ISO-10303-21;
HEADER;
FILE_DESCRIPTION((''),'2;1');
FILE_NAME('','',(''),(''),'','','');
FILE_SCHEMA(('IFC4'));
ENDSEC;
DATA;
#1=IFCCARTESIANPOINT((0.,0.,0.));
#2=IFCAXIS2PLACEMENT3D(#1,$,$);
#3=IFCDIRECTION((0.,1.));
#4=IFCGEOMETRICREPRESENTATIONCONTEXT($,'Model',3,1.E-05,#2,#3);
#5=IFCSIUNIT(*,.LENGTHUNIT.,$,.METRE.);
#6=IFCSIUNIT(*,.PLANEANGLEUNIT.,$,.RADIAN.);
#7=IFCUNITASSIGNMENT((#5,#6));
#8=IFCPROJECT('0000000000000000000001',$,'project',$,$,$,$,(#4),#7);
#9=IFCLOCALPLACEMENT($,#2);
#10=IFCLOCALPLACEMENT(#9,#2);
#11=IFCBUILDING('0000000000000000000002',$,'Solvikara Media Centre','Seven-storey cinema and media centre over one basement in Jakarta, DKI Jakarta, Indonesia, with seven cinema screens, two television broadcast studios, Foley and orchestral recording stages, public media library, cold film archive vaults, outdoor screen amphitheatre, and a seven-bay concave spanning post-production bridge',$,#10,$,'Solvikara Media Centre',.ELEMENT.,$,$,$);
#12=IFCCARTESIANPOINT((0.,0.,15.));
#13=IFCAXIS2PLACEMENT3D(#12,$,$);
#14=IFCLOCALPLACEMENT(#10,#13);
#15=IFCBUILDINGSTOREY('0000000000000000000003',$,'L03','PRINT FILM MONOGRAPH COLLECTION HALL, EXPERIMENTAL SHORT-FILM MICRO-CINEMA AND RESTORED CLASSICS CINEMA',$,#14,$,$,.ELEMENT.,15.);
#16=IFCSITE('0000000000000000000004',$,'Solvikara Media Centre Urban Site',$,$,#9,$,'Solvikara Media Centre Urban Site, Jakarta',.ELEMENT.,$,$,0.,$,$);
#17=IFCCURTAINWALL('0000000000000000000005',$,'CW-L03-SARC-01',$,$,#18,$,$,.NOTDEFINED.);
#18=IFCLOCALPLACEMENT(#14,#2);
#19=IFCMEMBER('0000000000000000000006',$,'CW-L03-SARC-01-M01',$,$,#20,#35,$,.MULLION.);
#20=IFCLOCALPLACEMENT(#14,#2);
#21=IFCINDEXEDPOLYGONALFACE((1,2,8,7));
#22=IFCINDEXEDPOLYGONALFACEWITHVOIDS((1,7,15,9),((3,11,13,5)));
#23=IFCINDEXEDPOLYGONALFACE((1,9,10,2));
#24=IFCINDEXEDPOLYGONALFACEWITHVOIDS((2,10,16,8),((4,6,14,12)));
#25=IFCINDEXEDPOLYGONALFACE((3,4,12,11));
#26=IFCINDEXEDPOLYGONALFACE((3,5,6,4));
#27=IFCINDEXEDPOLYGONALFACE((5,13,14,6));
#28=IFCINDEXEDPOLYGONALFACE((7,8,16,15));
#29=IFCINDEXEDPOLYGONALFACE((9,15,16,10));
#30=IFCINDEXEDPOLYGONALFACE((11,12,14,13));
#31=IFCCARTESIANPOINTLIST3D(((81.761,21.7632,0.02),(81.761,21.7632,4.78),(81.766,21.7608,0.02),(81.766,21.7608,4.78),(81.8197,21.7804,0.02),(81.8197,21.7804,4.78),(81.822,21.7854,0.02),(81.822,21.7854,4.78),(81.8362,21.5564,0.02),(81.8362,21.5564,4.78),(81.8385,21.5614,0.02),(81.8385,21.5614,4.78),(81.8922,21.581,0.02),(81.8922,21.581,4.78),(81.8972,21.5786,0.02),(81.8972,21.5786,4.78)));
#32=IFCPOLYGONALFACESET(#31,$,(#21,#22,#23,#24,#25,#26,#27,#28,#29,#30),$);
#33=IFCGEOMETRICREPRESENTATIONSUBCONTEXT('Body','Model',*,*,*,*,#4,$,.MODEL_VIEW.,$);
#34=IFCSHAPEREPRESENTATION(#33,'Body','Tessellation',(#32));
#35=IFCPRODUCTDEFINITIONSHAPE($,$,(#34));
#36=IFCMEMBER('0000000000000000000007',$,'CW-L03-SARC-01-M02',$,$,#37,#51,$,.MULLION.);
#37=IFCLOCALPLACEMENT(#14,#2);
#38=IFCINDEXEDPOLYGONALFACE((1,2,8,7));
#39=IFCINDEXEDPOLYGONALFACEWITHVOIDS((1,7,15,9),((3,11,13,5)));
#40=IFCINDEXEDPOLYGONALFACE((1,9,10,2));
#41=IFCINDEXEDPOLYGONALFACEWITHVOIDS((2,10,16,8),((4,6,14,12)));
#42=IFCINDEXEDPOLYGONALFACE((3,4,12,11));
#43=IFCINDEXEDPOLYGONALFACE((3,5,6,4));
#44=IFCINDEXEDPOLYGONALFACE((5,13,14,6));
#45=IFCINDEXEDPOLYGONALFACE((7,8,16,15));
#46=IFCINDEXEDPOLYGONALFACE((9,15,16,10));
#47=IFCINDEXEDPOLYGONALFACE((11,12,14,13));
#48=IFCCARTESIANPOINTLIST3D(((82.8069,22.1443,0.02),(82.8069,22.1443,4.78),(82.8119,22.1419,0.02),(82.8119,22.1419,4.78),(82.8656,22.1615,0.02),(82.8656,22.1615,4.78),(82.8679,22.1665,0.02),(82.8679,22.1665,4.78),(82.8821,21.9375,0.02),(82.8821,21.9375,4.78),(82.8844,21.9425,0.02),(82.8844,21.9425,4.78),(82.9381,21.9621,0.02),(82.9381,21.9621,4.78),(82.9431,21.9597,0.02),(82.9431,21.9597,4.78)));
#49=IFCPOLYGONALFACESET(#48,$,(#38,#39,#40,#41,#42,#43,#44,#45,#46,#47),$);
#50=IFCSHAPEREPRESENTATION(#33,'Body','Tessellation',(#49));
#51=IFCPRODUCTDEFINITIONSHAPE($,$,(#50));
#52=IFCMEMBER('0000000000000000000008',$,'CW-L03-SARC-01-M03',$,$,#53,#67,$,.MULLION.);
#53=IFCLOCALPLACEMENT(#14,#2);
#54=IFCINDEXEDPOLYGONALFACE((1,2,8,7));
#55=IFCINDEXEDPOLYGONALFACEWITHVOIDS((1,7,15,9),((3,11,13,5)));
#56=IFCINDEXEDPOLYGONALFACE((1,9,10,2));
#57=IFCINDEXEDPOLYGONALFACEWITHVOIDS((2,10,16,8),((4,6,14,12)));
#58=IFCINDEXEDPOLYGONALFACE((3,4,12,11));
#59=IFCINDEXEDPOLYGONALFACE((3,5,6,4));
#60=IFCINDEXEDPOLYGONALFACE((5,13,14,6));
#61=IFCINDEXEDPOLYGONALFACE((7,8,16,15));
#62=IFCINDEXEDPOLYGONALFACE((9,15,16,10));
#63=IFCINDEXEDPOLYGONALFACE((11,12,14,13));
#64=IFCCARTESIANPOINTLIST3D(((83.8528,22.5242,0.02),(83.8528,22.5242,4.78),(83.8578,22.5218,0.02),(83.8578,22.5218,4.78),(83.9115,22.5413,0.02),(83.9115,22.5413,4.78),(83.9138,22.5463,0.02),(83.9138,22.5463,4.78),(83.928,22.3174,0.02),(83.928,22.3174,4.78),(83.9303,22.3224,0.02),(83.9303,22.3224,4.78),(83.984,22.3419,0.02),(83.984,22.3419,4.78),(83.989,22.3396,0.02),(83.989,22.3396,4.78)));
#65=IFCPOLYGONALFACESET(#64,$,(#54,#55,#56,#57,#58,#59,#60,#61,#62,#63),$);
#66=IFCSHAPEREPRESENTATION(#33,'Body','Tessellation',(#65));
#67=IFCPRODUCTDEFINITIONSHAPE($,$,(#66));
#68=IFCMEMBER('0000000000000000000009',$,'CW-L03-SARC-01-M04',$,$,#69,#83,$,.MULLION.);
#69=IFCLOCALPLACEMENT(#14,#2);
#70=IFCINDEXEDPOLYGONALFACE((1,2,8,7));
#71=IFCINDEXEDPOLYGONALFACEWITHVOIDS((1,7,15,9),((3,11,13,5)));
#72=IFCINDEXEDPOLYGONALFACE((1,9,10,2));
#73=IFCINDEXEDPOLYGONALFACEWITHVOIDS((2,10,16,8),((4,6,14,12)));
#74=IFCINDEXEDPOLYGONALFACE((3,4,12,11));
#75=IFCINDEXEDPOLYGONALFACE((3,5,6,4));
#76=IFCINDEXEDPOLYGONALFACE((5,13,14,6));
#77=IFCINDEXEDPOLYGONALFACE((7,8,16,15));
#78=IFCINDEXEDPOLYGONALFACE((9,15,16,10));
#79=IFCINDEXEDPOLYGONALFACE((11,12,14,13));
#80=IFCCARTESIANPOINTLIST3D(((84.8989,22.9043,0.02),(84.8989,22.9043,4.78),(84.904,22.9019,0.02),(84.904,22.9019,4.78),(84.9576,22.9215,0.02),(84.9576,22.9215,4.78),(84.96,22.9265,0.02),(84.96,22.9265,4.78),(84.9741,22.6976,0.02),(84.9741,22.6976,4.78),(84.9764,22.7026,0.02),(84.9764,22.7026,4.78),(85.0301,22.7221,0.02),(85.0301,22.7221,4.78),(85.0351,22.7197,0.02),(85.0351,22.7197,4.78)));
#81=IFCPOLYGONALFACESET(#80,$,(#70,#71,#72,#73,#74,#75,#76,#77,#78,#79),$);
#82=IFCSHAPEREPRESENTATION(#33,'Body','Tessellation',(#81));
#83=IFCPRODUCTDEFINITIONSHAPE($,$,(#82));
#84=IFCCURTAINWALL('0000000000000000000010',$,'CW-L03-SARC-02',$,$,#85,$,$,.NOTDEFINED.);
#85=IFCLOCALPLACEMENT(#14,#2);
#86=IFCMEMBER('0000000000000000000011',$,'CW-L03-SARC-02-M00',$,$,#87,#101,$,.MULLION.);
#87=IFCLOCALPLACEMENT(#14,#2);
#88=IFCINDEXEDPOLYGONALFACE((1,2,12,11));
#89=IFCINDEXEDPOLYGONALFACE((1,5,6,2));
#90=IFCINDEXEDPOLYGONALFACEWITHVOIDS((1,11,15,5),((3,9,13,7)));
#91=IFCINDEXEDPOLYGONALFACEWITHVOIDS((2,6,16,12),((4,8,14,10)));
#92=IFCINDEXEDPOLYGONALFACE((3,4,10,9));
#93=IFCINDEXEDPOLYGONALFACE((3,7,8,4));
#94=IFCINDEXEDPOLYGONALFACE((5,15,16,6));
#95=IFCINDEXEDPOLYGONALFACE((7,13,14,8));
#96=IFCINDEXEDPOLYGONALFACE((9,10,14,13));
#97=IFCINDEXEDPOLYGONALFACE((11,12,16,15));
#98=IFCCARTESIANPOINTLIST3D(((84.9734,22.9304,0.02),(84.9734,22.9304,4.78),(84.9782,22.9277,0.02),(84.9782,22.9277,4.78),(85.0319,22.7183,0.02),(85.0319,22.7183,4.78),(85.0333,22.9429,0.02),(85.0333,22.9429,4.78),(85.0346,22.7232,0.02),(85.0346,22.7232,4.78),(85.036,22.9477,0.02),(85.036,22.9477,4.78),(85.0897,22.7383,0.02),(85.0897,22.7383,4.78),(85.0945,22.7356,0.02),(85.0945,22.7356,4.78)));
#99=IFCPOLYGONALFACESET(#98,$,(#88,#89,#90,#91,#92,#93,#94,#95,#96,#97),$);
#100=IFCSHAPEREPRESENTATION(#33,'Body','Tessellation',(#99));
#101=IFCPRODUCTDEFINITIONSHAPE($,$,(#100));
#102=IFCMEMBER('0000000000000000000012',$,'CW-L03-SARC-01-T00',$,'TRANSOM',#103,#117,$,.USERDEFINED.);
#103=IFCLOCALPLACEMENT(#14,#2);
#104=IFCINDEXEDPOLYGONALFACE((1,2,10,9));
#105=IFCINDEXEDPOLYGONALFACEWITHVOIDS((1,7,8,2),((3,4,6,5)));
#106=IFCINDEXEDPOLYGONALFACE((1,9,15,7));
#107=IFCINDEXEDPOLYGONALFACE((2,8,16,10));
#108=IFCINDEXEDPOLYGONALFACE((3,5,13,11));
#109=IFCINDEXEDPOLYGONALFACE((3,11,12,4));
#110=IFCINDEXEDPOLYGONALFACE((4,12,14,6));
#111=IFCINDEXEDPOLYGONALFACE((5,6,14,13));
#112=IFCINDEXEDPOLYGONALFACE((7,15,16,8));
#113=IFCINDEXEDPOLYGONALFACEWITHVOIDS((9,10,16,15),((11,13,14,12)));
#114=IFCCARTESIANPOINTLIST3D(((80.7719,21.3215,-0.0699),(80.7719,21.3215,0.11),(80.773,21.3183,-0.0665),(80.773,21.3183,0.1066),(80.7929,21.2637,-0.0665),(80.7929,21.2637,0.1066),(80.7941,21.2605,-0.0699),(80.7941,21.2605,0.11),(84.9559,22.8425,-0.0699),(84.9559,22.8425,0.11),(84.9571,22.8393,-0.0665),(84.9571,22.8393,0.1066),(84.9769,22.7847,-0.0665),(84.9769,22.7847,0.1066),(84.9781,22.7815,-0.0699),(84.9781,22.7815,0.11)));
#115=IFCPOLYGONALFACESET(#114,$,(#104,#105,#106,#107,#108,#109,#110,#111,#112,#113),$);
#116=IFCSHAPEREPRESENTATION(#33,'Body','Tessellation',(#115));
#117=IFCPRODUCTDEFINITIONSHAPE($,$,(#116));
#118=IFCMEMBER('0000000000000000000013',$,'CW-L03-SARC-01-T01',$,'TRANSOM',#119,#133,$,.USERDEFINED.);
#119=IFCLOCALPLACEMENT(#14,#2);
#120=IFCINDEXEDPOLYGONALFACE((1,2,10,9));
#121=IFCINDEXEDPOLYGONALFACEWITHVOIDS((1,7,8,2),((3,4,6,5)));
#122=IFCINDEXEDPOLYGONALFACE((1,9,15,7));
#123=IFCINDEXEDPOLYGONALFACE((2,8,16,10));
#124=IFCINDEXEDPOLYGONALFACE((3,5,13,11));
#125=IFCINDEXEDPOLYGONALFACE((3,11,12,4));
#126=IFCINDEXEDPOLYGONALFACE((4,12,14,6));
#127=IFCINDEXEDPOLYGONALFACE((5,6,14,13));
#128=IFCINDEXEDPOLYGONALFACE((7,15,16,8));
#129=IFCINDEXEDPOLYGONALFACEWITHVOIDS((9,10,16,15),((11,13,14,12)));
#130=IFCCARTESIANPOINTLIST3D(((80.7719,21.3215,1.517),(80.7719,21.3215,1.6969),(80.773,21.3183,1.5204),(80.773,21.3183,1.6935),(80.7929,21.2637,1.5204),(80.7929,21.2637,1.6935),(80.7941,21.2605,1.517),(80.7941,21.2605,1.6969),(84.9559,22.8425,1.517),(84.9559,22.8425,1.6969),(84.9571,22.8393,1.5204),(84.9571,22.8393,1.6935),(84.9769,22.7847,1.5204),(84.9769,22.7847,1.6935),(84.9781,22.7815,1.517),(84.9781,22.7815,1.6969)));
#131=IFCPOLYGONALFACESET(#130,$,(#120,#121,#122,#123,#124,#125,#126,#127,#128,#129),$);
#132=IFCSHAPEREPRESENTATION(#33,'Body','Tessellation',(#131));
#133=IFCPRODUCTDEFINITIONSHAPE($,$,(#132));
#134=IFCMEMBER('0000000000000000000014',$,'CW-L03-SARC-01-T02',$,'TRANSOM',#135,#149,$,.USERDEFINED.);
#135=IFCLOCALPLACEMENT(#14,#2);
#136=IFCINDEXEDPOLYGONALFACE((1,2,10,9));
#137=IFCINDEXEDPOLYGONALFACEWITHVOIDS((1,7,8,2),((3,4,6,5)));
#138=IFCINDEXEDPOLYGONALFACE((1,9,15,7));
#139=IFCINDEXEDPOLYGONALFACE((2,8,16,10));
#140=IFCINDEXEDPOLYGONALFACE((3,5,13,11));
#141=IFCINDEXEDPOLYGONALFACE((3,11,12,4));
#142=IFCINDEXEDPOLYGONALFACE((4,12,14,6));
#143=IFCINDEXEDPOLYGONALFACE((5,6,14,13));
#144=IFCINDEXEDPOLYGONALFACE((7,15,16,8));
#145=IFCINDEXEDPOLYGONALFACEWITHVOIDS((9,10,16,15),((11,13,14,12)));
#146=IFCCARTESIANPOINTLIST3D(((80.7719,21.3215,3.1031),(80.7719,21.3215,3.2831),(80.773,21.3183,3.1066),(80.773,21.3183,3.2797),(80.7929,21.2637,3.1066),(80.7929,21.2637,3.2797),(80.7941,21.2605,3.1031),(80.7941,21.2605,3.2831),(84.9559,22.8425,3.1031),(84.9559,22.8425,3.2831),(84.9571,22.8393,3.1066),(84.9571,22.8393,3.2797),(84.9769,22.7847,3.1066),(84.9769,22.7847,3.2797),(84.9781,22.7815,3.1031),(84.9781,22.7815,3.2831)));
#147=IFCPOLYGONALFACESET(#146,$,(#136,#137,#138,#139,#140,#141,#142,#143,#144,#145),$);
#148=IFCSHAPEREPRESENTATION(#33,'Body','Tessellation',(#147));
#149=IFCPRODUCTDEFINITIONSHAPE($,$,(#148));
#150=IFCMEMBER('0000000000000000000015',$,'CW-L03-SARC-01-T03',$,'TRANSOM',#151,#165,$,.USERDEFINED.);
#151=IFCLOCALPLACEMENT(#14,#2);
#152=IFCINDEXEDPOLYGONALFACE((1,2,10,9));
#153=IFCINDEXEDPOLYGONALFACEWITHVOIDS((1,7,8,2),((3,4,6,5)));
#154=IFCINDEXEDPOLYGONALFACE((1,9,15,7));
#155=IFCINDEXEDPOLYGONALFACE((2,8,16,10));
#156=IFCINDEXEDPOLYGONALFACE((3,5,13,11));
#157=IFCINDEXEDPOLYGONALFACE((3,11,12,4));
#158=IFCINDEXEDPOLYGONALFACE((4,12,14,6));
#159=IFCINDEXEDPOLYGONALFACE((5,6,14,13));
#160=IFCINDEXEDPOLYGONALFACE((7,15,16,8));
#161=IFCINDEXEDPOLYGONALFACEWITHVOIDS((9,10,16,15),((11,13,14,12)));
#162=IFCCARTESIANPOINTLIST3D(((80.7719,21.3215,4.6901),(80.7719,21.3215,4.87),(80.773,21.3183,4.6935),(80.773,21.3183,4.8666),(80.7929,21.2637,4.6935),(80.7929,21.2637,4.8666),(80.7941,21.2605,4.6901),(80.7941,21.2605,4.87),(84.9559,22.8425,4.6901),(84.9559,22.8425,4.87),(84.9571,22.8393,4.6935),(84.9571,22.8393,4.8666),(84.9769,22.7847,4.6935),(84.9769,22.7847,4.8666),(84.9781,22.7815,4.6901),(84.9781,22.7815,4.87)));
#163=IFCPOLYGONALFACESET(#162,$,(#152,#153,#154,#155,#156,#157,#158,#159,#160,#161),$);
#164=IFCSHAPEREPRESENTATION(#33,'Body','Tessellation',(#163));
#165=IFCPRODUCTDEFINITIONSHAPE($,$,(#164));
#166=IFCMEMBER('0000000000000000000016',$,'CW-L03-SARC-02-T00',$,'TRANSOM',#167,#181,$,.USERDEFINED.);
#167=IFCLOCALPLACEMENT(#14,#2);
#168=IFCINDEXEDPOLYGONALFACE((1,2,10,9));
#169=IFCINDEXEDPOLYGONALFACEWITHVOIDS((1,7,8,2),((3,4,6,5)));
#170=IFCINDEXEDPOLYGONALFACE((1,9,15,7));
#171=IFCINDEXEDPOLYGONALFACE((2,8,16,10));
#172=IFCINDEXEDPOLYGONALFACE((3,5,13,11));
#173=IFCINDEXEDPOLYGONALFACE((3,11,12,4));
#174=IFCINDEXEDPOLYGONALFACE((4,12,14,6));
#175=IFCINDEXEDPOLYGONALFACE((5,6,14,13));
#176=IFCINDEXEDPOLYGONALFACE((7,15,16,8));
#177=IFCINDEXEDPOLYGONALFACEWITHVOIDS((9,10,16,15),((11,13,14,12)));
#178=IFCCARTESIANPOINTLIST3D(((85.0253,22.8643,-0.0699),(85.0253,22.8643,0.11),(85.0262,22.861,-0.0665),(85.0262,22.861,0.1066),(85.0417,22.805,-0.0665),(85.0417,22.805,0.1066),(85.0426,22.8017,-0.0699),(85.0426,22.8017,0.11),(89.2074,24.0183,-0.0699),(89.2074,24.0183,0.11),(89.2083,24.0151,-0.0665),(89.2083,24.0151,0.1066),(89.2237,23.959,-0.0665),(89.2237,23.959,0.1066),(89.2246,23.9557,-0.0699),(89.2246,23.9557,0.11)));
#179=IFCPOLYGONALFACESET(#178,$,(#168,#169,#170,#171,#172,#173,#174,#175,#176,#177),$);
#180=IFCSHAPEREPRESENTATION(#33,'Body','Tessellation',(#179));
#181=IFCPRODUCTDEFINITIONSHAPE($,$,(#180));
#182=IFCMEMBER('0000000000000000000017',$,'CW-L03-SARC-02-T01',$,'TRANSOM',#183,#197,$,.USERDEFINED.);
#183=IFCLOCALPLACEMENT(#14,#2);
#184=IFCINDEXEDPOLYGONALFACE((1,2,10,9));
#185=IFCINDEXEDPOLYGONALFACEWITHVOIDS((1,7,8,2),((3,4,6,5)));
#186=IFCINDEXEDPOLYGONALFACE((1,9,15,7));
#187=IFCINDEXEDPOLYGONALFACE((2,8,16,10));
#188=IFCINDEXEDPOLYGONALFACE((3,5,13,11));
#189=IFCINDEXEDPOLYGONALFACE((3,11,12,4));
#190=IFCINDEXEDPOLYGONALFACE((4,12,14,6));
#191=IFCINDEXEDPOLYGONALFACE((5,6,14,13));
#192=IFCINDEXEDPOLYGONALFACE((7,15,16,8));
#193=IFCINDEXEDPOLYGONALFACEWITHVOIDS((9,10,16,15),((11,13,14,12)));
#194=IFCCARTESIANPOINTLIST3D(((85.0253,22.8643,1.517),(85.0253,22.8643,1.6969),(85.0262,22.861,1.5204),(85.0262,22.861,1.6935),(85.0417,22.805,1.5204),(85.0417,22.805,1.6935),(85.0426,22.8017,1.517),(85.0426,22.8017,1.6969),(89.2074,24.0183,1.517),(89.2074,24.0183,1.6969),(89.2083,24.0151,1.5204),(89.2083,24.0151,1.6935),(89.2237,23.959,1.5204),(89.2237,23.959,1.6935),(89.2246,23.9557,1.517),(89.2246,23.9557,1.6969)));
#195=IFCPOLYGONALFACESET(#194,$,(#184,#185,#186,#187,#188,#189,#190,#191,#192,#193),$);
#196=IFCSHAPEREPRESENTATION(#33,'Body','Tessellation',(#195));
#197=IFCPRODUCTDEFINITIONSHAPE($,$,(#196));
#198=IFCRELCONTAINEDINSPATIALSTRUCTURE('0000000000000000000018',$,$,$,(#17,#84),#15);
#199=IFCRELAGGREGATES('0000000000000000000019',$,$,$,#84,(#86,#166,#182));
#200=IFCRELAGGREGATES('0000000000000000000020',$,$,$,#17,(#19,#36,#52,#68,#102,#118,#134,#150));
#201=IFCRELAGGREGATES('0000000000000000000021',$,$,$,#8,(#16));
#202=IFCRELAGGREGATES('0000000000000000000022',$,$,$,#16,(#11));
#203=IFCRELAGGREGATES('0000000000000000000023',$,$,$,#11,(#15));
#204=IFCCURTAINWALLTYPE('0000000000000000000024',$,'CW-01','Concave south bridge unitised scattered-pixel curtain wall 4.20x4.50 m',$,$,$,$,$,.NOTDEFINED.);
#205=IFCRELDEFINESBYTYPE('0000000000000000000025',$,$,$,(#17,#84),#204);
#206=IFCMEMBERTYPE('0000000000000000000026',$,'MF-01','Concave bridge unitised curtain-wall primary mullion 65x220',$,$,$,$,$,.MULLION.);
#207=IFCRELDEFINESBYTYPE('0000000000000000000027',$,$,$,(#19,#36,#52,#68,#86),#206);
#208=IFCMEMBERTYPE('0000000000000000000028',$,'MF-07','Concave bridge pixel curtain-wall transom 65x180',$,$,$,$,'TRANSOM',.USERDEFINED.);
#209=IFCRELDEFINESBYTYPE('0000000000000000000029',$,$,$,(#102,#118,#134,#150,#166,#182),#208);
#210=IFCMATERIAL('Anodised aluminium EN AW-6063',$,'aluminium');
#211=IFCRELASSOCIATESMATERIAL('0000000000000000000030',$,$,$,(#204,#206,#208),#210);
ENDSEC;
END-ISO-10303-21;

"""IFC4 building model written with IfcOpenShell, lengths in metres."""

from ifc_helpers import new_model, si_unit, direction, frame, origin, origin_2d, place, context, subcontext, project, spatial, hollow_rectangle, extrude, material, material_profile, profile_set, type_object, element, aggregate, save


model = new_model("IFC4")

# Units and contexts
model_context = context("Model", 3, precision=1e-05, world=origin(), true_north=direction((0.0, 1.0)))
body_context = subcontext(model_context, "Body", "Model", "MODEL_VIEW")
ifc_project = project(units=[si_unit("LENGTHUNIT", "METRE"), si_unit("PLANEANGLEUNIT", "RADIAN")], contexts=[model_context])

# Site, building, storey
site_placement = place(None, origin())
site = spatial("IfcSite", under=ifc_project, at=site_placement, Name="Solvikara Media Centre Urban Site", LongName="Solvikara Media Centre Urban Site, Jakarta", CompositionType="ELEMENT", RefElevation=0.0)
building_placement = place(site_placement, origin())
building = spatial("IfcBuilding", under=site, at=building_placement, Name="Solvikara Media Centre", Description="Seven-storey cinema and media centre over one basement in Jakarta, DKI Jakarta, Indonesia, with seven cinema screens, two television broadcast studios, Foley and orchestral recording stages, public media library, cold film archive vaults, outdoor screen amphitheatre, and a seven-bay concave spanning post-production bridge", LongName="Solvikara Media Centre", CompositionType="ELEMENT")
storey_placement = place(building_placement, frame((0.0, 0.0, 15.0)))
storey = spatial("IfcBuildingStorey", under=building, at=storey_placement, Name="L03", Description="PRINT FILM MONOGRAPH COLLECTION HALL, EXPERIMENTAL SHORT-FILM MICRO-CINEMA AND RESTORED CLASSICS CINEMA", CompositionType="ELEMENT", Elevation=15.0)

# Curtain wall, members
ifc_material_1 = material(Name="Anodised aluminium EN AW-6063", Category="aluminium")
curtain_wall_type = type_object("IfcCurtainWallType", Name="CW-01", Description="Concave south bridge unitised scattered-pixel curtain wall 4.20x4.50 m", PredefinedType="NOTDEFINED", material=ifc_material_1)
curtain_wall_1_placement = place(storey_placement, origin())
curtain_wall_1 = element("IfcCurtainWall", 1, at=curtain_wall_1_placement, inside=storey, type_object=curtain_wall_type, Name="CW-L03-SARC-01", PredefinedType="NOTDEFINED")
ifc_material_profile_1 = material_profile(ifc_material_1, hollow_rectangle(XDim=0.0649, YDim=0.22, WallThickness=0.0039, at=origin_2d()), Name="ALU-M 65x220x4")
ifc_profile_set_1 = profile_set([ifc_material_profile_1], Name="Anodised aluminium EN AW-6063")
member_type_1 = type_object("IfcMemberType", Name="MF-01", Description="Concave bridge unitised curtain-wall primary mullion 65x220", PredefinedType="MULLION", material=ifc_profile_set_1)
member_1_placement = place(storey_placement, frame((81.8291, 21.6709, 0.02), z_axis=(0.0, 0.0, 1.0), x_axis=(0.939824, 0.341659, 0.0)))
member_1 = element("IfcMember", 2, at=member_1_placement, type_object=member_type_1, Name="CW-L03-SARC-01-M01", PredefinedType="MULLION", context=body_context, shape_type="SweptSolid", body=[
    extrude(hollow_rectangle(XDim=0.0649, YDim=0.22, WallThickness=0.0039, at=origin_2d()), origin(), (0.0, 0.0, 1.0), 4.76),
])
member_2_placement = place(storey_placement, frame((82.875, 22.052, 0.02), z_axis=(0.0, 0.0, 1.0), x_axis=(0.939824, 0.341659, 0.0)))
member_2 = element("IfcMember", 3, at=member_2_placement, type_object=member_type_1, Name="CW-L03-SARC-01-M02", PredefinedType="MULLION", context=body_context, shape_type="SweptSolid", body=[
    extrude(hollow_rectangle(XDim=0.0649, YDim=0.22, WallThickness=0.0039, at=origin_2d()), origin(), (0.0, 0.0, 1.0), 4.76),
])
member_3_placement = place(storey_placement, frame((83.9209, 22.4319, 0.02), z_axis=(0.0, 0.0, 1.0), x_axis=(0.939824, 0.341659, 0.0)))
member_3 = element("IfcMember", 4, at=member_3_placement, type_object=member_type_1, Name="CW-L03-SARC-01-M03", PredefinedType="MULLION", context=body_context, shape_type="SweptSolid", body=[
    extrude(hollow_rectangle(XDim=0.0649, YDim=0.22, WallThickness=0.0039, at=origin_2d()), origin(), (0.0, 0.0, 1.0), 4.76),
])
member_4_placement = place(storey_placement, frame((84.967, 22.812, 0.02), z_axis=(0.0, 0.0, 1.0), x_axis=(0.939824, 0.341659, 0.0)))
member_4 = element("IfcMember", 5, at=member_4_placement, type_object=member_type_1, Name="CW-L03-SARC-01-M04", PredefinedType="MULLION", context=body_context, shape_type="SweptSolid", body=[
    extrude(hollow_rectangle(XDim=0.0649, YDim=0.22, WallThickness=0.0039, at=origin_2d()), origin(), (0.0, 0.0, 1.0), 4.76),
])

# Curtain wall, member
curtain_wall_2_placement = place(storey_placement, origin())
curtain_wall_2 = element("IfcCurtainWall", 6, at=curtain_wall_2_placement, inside=storey, type_object=curtain_wall_type, Name="CW-L03-SARC-02", PredefinedType="NOTDEFINED")
member_5_placement = place(storey_placement, frame((85.0339, 22.833, 0.02), z_axis=(0.0, 0.0, 1.0), x_axis=(0.96397, 0.26601, 0.0)))
member_5 = element("IfcMember", 7, at=member_5_placement, type_object=member_type_1, Name="CW-L03-SARC-02-M00", PredefinedType="MULLION", context=body_context, shape_type="SweptSolid", body=[
    extrude(hollow_rectangle(XDim=0.0649, YDim=0.22, WallThickness=0.0039, at=origin_2d()), origin(), (0.0, 0.0, 1.0), 4.76),
])

# Members
ifc_material_profile_2 = material_profile(ifc_material_1, hollow_rectangle(XDim=0.0649, YDim=0.1799, WallThickness=0.0034, at=origin_2d()), Name="ALU-T 65x180x3.5")
ifc_profile_set_2 = profile_set([ifc_material_profile_2], Name="Anodised aluminium EN AW-6063")
member_type_2 = type_object("IfcMemberType", Name="MF-07", Description="Concave bridge pixel curtain-wall transom 65x180", ElementType="TRANSOM", PredefinedType="USERDEFINED", material=ifc_profile_set_2)
member_6_placement = place(storey_placement, frame((80.783, 21.291, 0.02), z_axis=(0.939829, 0.341646, 0.0), x_axis=(-0.341646, 0.939829, 0.0)))
member_6 = element("IfcMember", 8, at=member_6_placement, type_object=member_type_2, Name="CW-L03-SARC-01-T00", ObjectType="TRANSOM", PredefinedType="USERDEFINED", context=body_context, shape_type="SweptSolid", body=[
    extrude(hollow_rectangle(XDim=0.0649, YDim=0.1799, WallThickness=0.0034, at=origin_2d()), origin(), (0.0, 0.0, 1.0), 4.4519),
])
member_7_placement = place(storey_placement, frame((80.783, 21.291, 1.6069), z_axis=(0.939829, 0.341646, 0.0), x_axis=(-0.341646, 0.939829, 0.0)))
member_7 = element("IfcMember", 9, at=member_7_placement, type_object=member_type_2, Name="CW-L03-SARC-01-T01", ObjectType="TRANSOM", PredefinedType="USERDEFINED", context=body_context, shape_type="SweptSolid", body=[
    extrude(hollow_rectangle(XDim=0.0649, YDim=0.1799, WallThickness=0.0034, at=origin_2d()), origin(), (0.0, 0.0, 1.0), 4.4519),
])
member_8_placement = place(storey_placement, frame((80.783, 21.291, 3.1931), z_axis=(0.939829, 0.341646, 0.0), x_axis=(-0.341646, 0.939829, 0.0)))
member_8 = element("IfcMember", 10, at=member_8_placement, type_object=member_type_2, Name="CW-L03-SARC-01-T02", ObjectType="TRANSOM", PredefinedType="USERDEFINED", context=body_context, shape_type="SweptSolid", body=[
    extrude(hollow_rectangle(XDim=0.0649, YDim=0.1799, WallThickness=0.0034, at=origin_2d()), origin(), (0.0, 0.0, 1.0), 4.4519),
])
member_9_placement = place(storey_placement, frame((80.783, 21.291, 4.78), z_axis=(0.939829, 0.341646, 0.0), x_axis=(-0.341646, 0.939829, 0.0)))
member_9 = element("IfcMember", 11, at=member_9_placement, type_object=member_type_2, Name="CW-L03-SARC-01-T03", ObjectType="TRANSOM", PredefinedType="USERDEFINED", context=body_context, shape_type="SweptSolid", body=[
    extrude(hollow_rectangle(XDim=0.0649, YDim=0.1799, WallThickness=0.0034, at=origin_2d()), origin(), (0.0, 0.0, 1.0), 4.4519),
])
member_10_placement = place(storey_placement, frame((85.0339, 22.833, 0.02), z_axis=(0.963971, 0.266007, 0.0), x_axis=(-0.266007, 0.963971, 0.0)))
member_10 = element("IfcMember", 12, at=member_10_placement, type_object=member_type_2, Name="CW-L03-SARC-02-T00", ObjectType="TRANSOM", PredefinedType="USERDEFINED", context=body_context, shape_type="SweptSolid", body=[
    extrude(hollow_rectangle(XDim=0.0649, YDim=0.1799, WallThickness=0.0034, at=origin_2d()), origin(), (0.0, 0.0, 1.0), 4.3384),
])
member_11_placement = place(storey_placement, frame((85.0339, 22.833, 1.6069), z_axis=(0.963971, 0.266007, 0.0), x_axis=(-0.266007, 0.963971, 0.0)))
member_11 = element("IfcMember", 13, at=member_11_placement, type_object=member_type_2, Name="CW-L03-SARC-02-T01", ObjectType="TRANSOM", PredefinedType="USERDEFINED", context=body_context, shape_type="SweptSolid", body=[
    extrude(hollow_rectangle(XDim=0.0649, YDim=0.1799, WallThickness=0.0034, at=origin_2d()), origin(), (0.0, 0.0, 1.0), 4.3384),
])
aggregate(curtain_wall_2, [member_5, member_10, member_11])

aggregate(curtain_wall_1, [member_1, member_2, member_3, member_4, member_6, member_7, member_8, member_9])

save(model, "model.ifc")
